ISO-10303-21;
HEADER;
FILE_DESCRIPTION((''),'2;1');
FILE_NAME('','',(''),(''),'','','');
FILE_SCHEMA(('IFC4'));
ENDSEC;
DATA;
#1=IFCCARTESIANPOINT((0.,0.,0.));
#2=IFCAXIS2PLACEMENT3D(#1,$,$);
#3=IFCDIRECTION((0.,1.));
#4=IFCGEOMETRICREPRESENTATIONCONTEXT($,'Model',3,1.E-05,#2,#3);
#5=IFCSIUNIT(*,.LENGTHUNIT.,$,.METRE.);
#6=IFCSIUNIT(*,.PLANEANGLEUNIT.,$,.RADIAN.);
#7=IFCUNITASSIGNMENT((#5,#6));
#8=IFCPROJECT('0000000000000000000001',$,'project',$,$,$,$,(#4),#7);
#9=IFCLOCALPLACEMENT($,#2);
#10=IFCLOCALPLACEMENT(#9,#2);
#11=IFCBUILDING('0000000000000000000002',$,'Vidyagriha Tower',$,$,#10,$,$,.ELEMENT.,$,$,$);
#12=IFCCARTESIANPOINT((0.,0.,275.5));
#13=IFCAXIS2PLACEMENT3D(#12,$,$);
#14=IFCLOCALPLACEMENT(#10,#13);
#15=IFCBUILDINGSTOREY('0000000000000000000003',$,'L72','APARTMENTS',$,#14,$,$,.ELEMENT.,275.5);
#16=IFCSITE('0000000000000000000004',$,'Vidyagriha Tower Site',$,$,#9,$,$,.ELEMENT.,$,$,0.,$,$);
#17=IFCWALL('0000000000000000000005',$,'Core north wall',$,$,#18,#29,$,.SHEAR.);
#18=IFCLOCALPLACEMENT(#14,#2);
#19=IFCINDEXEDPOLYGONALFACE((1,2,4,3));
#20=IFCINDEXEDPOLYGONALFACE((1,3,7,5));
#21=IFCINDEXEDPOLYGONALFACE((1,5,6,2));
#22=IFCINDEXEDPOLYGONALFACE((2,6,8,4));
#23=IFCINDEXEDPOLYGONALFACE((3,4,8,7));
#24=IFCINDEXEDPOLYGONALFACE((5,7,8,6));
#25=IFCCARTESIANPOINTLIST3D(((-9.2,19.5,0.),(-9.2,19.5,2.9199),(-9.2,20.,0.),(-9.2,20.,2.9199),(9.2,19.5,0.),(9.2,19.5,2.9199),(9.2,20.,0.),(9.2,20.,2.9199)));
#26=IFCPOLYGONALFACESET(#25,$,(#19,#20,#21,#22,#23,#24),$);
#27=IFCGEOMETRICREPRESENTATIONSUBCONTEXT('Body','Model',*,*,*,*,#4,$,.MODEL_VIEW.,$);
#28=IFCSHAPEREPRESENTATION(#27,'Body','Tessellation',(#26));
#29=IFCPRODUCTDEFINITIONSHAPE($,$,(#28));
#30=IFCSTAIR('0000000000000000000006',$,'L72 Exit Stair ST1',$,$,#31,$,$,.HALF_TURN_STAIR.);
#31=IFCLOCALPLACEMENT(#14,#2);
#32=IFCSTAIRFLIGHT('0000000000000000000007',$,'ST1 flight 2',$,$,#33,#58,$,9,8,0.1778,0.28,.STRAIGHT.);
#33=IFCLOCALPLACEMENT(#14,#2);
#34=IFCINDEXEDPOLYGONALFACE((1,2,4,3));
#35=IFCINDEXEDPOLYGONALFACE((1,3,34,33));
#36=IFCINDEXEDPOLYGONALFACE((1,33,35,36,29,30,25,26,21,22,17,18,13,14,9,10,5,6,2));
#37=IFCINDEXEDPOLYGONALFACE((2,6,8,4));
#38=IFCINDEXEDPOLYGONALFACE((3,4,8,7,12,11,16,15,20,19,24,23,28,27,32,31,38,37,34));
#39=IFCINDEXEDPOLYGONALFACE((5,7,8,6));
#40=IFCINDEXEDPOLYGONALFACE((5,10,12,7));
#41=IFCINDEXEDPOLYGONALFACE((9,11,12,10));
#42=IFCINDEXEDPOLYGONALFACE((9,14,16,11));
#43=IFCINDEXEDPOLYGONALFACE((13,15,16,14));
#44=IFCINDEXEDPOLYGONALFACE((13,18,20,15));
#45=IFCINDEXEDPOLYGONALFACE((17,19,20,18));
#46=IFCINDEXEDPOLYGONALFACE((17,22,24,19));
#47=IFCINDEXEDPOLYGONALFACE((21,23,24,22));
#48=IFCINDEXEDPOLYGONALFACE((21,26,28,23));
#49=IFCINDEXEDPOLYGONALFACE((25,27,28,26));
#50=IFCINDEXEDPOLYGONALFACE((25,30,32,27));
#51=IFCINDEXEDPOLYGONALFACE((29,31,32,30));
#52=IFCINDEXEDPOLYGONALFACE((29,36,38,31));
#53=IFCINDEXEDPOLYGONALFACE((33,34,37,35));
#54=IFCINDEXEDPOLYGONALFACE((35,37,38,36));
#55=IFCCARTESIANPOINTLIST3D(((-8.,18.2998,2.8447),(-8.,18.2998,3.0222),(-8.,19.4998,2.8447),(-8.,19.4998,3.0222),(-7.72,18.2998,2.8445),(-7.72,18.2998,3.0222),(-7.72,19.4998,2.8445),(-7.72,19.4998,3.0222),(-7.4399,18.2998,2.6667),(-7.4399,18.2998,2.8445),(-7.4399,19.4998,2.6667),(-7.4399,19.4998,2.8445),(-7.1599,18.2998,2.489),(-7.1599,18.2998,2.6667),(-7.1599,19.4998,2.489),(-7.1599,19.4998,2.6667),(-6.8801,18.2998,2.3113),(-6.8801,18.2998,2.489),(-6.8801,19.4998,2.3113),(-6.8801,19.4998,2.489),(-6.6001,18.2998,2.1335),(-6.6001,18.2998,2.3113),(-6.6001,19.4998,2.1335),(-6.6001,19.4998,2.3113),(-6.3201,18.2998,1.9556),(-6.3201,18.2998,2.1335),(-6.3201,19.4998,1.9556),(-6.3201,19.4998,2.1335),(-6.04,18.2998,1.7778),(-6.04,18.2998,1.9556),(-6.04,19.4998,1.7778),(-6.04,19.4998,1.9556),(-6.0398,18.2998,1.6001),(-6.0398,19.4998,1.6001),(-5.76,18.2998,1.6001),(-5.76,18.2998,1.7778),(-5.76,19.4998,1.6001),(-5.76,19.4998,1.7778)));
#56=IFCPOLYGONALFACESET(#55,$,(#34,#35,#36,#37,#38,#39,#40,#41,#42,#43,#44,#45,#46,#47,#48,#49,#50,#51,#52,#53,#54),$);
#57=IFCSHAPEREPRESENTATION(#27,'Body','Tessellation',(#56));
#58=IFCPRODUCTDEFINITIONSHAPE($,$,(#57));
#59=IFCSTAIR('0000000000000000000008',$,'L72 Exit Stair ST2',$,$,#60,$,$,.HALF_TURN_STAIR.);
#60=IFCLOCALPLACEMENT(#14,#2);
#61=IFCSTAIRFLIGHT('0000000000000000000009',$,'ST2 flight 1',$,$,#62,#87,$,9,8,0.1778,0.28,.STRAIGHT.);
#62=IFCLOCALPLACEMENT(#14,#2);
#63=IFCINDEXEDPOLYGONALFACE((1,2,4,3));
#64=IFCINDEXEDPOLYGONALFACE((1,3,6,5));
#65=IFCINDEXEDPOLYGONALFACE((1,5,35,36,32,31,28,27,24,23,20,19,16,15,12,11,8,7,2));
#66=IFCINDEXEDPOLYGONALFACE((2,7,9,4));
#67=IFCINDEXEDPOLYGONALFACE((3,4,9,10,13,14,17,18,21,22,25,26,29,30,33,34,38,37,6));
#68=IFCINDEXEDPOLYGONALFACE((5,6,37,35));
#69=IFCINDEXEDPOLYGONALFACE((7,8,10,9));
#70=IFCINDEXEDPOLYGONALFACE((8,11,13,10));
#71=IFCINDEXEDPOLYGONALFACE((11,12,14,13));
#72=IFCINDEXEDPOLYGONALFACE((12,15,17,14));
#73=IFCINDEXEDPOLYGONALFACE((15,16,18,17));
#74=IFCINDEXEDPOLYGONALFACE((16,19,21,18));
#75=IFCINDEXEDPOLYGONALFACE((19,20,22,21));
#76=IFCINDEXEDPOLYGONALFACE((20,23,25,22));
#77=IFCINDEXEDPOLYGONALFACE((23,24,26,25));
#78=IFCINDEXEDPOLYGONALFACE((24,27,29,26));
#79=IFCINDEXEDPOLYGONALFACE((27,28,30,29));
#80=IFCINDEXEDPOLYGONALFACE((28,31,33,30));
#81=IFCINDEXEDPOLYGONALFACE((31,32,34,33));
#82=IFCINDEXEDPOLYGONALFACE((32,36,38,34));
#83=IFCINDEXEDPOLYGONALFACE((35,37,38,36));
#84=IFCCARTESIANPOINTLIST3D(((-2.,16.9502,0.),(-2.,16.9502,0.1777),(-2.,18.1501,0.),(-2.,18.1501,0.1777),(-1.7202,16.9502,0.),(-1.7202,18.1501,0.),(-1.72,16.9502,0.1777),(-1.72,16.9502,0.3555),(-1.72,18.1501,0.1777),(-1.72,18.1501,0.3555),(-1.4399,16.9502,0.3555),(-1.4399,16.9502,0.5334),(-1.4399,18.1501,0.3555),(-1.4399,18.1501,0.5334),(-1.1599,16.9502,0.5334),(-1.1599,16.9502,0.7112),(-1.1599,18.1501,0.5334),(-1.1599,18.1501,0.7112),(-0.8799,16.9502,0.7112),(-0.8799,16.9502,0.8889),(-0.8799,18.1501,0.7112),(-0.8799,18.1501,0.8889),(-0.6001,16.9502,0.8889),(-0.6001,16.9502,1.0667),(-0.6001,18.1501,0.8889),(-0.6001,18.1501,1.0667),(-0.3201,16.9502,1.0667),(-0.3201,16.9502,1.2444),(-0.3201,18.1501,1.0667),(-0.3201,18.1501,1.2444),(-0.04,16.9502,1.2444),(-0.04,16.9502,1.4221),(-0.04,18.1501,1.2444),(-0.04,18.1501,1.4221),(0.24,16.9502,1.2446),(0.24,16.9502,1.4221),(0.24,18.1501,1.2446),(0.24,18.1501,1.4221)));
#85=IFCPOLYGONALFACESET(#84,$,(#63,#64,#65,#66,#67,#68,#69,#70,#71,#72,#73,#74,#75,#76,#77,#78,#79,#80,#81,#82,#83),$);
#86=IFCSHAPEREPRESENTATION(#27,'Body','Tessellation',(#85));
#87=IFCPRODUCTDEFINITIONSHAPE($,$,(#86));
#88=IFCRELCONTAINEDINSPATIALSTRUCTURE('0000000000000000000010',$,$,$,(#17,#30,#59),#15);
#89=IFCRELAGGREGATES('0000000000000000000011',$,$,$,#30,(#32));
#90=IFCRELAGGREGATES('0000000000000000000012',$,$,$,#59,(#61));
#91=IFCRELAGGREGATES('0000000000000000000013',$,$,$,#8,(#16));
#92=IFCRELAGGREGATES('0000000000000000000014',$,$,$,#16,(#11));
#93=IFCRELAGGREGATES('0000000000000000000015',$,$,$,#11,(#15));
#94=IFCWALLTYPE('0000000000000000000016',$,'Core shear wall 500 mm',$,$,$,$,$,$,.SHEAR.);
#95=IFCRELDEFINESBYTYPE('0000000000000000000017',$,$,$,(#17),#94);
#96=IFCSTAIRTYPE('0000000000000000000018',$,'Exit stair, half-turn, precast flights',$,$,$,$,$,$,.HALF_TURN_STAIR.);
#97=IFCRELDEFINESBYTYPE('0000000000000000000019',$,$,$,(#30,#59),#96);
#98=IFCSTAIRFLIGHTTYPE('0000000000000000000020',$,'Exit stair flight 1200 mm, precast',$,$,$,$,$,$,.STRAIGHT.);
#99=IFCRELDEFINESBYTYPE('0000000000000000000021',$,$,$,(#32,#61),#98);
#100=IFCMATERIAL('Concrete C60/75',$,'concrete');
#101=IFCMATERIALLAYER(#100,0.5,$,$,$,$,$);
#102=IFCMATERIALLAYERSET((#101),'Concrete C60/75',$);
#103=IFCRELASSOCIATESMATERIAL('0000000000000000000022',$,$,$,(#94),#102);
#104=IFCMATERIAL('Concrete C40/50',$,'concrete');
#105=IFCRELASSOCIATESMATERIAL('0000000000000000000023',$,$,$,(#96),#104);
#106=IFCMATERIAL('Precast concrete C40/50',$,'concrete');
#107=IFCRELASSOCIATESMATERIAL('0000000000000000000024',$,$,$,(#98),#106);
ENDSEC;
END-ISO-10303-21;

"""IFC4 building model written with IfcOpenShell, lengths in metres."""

from ifc_helpers import new_model, si_unit, direction, frame, frame_2d, origin, place, context, subcontext, project, spatial, polyline, rectangle, outline, extrude, material, layer, layer_set, type_object, element, aggregate, save


model = new_model("IFC4")

# Units and contexts
model_context = context("Model", 3, precision=1e-05, world=origin(), true_north=direction((0.0, 1.0)))
body_context = subcontext(model_context, "Body", "Model", "MODEL_VIEW")
ifc_project = project(units=[si_unit("LENGTHUNIT", "METRE"), si_unit("PLANEANGLEUNIT", "RADIAN")], contexts=[model_context])

# Site, building, storey
site_placement = place(None, origin())
site = spatial("IfcSite", under=ifc_project, at=site_placement, Name="Vidyagriha Tower Site", CompositionType="ELEMENT", RefElevation=0.0)
building_placement = place(site_placement, origin())
building = spatial("IfcBuilding", under=site, at=building_placement, Name="Vidyagriha Tower", CompositionType="ELEMENT")
storey_placement = place(building_placement, frame((0.0, 0.0, 275.5)))
storey = spatial("IfcBuildingStorey", under=building, at=storey_placement, Name="L72", Description="APARTMENTS", CompositionType="ELEMENT", Elevation=275.5)

# Wall
ifc_material_1 = material(Name="Concrete C60/75", Category="concrete")
ifc_layer_1 = layer(ifc_material_1, 0.5)
ifc_layer_set_1 = layer_set([ifc_layer_1], Name="Concrete C60/75")
wall_type = type_object("IfcWallType", Name="Core shear wall 500 mm", PredefinedType="SHEAR", material=ifc_layer_set_1)
wall_placement = place(storey_placement, frame((-9.2, 19.75, 0.0)))
element("IfcWall", 1, at=wall_placement, inside=storey, type_object=wall_type, Name="Core north wall", PredefinedType="SHEAR", context=body_context, shape_type="SweptSolid", body=[
    extrude(rectangle(XDim=18.3999, YDim=0.5, at=frame_2d((9.2, 0.0))), origin(), (0.0, 0.0, 1.0), 2.9199),
])

# Stairs, stair flights
ifc_material_2 = material(Name="Concrete C40/50", Category="concrete")
stair_type = type_object("IfcStairType", Name="Exit stair, half-turn, precast flights", PredefinedType="HALF_TURN_STAIR", material=ifc_material_2)
stair_1_placement = place(storey_placement, origin())
stair_1 = element("IfcStair", 2, at=stair_1_placement, inside=storey, type_object=stair_type, Name="L72 Exit Stair ST1", PredefinedType="HALF_TURN_STAIR")
ifc_material_3 = material(Name="Precast concrete C40/50", Category="concrete")
stair_flight_type = type_object("IfcStairFlightType", Name="Exit stair flight 1200 mm, precast", PredefinedType="STRAIGHT", material=ifc_material_3)
stair_flight_1_placement = place(storey_placement, frame((-5.76, 18.8999, 1.6001), z_axis=(0.0, 0.0, 1.0), x_axis=(-1.0, 0.0, 0.0)))
stair_flight_1 = element("IfcStairFlight", 3, at=stair_flight_1_placement, type_object=stair_flight_type, Name="ST1 flight 2", NumberOfRisers=9, NumberOfTreads=8, PredefinedType="STRAIGHT", RiserHeight=0.1778, TreadLength=0.28, context=body_context, shape_type="SweptSolid", body=[
    extrude(outline(polyline([(0.0, 0.0), (0.0, 0.1777), (0.28, 0.1777), (0.28, 0.3555), (0.5601, 0.3555), (0.5601, 0.5334), (0.8401, 0.5334), (0.8401, 0.7112), (1.1201, 0.7112), (1.1201, 0.8889), (1.3999, 0.8889), (1.3999, 1.0667), (1.6799, 1.0667), (1.6799, 1.2444), (1.96, 1.2444), (1.96, 1.4221), (2.24, 1.4221), (2.24, 1.6001), (2.24, 1.2446), (0.2798, 0.0), (0.0, 0.0)])), frame((0.0, 0.6001, 0.0), z_axis=(0.0, -1.0, 0.0), x_axis=(1.0, 0.0, 0.0)), (0.0, 0.0, 1.0), 1.2),
])
aggregate(stair_1, [stair_flight_1])
stair_2_placement = place(storey_placement, origin())
stair_2 = element("IfcStair", 4, at=stair_2_placement, inside=storey, type_object=stair_type, Name="L72 Exit Stair ST2", PredefinedType="HALF_TURN_STAIR")
stair_flight_2_placement = place(storey_placement, frame((-2.0, 17.55, 0.0)))
stair_flight_2 = element("IfcStairFlight", 5, at=stair_flight_2_placement, type_object=stair_flight_type, Name="ST2 flight 1", NumberOfRisers=9, NumberOfTreads=8, PredefinedType="STRAIGHT", RiserHeight=0.1778, TreadLength=0.28, context=body_context, shape_type="SweptSolid", body=[
    extrude(outline(polyline([(0.0, 0.0), (0.0, 0.1777), (0.28, 0.1777), (0.28, 0.3555), (0.5601, 0.3555), (0.5601, 0.5334), (0.8401, 0.5334), (0.8401, 0.7112), (1.1201, 0.7112), (1.1201, 0.8889), (1.3999, 0.8889), (1.3999, 1.0667), (1.6799, 1.0667), (1.6799, 1.2444), (1.96, 1.2444), (1.96, 1.4221), (2.24, 1.4221), (2.24, 1.6001), (2.24, 1.2446), (0.2798, 0.0), (0.0, 0.0)])), frame((0.0, 0.6001, 0.0), z_axis=(0.0, -1.0, 0.0), x_axis=(1.0, 0.0, 0.0)), (0.0, 0.0, 1.0), 1.2),
])
aggregate(stair_2, [stair_flight_2])

save(model, "model.ifc")
